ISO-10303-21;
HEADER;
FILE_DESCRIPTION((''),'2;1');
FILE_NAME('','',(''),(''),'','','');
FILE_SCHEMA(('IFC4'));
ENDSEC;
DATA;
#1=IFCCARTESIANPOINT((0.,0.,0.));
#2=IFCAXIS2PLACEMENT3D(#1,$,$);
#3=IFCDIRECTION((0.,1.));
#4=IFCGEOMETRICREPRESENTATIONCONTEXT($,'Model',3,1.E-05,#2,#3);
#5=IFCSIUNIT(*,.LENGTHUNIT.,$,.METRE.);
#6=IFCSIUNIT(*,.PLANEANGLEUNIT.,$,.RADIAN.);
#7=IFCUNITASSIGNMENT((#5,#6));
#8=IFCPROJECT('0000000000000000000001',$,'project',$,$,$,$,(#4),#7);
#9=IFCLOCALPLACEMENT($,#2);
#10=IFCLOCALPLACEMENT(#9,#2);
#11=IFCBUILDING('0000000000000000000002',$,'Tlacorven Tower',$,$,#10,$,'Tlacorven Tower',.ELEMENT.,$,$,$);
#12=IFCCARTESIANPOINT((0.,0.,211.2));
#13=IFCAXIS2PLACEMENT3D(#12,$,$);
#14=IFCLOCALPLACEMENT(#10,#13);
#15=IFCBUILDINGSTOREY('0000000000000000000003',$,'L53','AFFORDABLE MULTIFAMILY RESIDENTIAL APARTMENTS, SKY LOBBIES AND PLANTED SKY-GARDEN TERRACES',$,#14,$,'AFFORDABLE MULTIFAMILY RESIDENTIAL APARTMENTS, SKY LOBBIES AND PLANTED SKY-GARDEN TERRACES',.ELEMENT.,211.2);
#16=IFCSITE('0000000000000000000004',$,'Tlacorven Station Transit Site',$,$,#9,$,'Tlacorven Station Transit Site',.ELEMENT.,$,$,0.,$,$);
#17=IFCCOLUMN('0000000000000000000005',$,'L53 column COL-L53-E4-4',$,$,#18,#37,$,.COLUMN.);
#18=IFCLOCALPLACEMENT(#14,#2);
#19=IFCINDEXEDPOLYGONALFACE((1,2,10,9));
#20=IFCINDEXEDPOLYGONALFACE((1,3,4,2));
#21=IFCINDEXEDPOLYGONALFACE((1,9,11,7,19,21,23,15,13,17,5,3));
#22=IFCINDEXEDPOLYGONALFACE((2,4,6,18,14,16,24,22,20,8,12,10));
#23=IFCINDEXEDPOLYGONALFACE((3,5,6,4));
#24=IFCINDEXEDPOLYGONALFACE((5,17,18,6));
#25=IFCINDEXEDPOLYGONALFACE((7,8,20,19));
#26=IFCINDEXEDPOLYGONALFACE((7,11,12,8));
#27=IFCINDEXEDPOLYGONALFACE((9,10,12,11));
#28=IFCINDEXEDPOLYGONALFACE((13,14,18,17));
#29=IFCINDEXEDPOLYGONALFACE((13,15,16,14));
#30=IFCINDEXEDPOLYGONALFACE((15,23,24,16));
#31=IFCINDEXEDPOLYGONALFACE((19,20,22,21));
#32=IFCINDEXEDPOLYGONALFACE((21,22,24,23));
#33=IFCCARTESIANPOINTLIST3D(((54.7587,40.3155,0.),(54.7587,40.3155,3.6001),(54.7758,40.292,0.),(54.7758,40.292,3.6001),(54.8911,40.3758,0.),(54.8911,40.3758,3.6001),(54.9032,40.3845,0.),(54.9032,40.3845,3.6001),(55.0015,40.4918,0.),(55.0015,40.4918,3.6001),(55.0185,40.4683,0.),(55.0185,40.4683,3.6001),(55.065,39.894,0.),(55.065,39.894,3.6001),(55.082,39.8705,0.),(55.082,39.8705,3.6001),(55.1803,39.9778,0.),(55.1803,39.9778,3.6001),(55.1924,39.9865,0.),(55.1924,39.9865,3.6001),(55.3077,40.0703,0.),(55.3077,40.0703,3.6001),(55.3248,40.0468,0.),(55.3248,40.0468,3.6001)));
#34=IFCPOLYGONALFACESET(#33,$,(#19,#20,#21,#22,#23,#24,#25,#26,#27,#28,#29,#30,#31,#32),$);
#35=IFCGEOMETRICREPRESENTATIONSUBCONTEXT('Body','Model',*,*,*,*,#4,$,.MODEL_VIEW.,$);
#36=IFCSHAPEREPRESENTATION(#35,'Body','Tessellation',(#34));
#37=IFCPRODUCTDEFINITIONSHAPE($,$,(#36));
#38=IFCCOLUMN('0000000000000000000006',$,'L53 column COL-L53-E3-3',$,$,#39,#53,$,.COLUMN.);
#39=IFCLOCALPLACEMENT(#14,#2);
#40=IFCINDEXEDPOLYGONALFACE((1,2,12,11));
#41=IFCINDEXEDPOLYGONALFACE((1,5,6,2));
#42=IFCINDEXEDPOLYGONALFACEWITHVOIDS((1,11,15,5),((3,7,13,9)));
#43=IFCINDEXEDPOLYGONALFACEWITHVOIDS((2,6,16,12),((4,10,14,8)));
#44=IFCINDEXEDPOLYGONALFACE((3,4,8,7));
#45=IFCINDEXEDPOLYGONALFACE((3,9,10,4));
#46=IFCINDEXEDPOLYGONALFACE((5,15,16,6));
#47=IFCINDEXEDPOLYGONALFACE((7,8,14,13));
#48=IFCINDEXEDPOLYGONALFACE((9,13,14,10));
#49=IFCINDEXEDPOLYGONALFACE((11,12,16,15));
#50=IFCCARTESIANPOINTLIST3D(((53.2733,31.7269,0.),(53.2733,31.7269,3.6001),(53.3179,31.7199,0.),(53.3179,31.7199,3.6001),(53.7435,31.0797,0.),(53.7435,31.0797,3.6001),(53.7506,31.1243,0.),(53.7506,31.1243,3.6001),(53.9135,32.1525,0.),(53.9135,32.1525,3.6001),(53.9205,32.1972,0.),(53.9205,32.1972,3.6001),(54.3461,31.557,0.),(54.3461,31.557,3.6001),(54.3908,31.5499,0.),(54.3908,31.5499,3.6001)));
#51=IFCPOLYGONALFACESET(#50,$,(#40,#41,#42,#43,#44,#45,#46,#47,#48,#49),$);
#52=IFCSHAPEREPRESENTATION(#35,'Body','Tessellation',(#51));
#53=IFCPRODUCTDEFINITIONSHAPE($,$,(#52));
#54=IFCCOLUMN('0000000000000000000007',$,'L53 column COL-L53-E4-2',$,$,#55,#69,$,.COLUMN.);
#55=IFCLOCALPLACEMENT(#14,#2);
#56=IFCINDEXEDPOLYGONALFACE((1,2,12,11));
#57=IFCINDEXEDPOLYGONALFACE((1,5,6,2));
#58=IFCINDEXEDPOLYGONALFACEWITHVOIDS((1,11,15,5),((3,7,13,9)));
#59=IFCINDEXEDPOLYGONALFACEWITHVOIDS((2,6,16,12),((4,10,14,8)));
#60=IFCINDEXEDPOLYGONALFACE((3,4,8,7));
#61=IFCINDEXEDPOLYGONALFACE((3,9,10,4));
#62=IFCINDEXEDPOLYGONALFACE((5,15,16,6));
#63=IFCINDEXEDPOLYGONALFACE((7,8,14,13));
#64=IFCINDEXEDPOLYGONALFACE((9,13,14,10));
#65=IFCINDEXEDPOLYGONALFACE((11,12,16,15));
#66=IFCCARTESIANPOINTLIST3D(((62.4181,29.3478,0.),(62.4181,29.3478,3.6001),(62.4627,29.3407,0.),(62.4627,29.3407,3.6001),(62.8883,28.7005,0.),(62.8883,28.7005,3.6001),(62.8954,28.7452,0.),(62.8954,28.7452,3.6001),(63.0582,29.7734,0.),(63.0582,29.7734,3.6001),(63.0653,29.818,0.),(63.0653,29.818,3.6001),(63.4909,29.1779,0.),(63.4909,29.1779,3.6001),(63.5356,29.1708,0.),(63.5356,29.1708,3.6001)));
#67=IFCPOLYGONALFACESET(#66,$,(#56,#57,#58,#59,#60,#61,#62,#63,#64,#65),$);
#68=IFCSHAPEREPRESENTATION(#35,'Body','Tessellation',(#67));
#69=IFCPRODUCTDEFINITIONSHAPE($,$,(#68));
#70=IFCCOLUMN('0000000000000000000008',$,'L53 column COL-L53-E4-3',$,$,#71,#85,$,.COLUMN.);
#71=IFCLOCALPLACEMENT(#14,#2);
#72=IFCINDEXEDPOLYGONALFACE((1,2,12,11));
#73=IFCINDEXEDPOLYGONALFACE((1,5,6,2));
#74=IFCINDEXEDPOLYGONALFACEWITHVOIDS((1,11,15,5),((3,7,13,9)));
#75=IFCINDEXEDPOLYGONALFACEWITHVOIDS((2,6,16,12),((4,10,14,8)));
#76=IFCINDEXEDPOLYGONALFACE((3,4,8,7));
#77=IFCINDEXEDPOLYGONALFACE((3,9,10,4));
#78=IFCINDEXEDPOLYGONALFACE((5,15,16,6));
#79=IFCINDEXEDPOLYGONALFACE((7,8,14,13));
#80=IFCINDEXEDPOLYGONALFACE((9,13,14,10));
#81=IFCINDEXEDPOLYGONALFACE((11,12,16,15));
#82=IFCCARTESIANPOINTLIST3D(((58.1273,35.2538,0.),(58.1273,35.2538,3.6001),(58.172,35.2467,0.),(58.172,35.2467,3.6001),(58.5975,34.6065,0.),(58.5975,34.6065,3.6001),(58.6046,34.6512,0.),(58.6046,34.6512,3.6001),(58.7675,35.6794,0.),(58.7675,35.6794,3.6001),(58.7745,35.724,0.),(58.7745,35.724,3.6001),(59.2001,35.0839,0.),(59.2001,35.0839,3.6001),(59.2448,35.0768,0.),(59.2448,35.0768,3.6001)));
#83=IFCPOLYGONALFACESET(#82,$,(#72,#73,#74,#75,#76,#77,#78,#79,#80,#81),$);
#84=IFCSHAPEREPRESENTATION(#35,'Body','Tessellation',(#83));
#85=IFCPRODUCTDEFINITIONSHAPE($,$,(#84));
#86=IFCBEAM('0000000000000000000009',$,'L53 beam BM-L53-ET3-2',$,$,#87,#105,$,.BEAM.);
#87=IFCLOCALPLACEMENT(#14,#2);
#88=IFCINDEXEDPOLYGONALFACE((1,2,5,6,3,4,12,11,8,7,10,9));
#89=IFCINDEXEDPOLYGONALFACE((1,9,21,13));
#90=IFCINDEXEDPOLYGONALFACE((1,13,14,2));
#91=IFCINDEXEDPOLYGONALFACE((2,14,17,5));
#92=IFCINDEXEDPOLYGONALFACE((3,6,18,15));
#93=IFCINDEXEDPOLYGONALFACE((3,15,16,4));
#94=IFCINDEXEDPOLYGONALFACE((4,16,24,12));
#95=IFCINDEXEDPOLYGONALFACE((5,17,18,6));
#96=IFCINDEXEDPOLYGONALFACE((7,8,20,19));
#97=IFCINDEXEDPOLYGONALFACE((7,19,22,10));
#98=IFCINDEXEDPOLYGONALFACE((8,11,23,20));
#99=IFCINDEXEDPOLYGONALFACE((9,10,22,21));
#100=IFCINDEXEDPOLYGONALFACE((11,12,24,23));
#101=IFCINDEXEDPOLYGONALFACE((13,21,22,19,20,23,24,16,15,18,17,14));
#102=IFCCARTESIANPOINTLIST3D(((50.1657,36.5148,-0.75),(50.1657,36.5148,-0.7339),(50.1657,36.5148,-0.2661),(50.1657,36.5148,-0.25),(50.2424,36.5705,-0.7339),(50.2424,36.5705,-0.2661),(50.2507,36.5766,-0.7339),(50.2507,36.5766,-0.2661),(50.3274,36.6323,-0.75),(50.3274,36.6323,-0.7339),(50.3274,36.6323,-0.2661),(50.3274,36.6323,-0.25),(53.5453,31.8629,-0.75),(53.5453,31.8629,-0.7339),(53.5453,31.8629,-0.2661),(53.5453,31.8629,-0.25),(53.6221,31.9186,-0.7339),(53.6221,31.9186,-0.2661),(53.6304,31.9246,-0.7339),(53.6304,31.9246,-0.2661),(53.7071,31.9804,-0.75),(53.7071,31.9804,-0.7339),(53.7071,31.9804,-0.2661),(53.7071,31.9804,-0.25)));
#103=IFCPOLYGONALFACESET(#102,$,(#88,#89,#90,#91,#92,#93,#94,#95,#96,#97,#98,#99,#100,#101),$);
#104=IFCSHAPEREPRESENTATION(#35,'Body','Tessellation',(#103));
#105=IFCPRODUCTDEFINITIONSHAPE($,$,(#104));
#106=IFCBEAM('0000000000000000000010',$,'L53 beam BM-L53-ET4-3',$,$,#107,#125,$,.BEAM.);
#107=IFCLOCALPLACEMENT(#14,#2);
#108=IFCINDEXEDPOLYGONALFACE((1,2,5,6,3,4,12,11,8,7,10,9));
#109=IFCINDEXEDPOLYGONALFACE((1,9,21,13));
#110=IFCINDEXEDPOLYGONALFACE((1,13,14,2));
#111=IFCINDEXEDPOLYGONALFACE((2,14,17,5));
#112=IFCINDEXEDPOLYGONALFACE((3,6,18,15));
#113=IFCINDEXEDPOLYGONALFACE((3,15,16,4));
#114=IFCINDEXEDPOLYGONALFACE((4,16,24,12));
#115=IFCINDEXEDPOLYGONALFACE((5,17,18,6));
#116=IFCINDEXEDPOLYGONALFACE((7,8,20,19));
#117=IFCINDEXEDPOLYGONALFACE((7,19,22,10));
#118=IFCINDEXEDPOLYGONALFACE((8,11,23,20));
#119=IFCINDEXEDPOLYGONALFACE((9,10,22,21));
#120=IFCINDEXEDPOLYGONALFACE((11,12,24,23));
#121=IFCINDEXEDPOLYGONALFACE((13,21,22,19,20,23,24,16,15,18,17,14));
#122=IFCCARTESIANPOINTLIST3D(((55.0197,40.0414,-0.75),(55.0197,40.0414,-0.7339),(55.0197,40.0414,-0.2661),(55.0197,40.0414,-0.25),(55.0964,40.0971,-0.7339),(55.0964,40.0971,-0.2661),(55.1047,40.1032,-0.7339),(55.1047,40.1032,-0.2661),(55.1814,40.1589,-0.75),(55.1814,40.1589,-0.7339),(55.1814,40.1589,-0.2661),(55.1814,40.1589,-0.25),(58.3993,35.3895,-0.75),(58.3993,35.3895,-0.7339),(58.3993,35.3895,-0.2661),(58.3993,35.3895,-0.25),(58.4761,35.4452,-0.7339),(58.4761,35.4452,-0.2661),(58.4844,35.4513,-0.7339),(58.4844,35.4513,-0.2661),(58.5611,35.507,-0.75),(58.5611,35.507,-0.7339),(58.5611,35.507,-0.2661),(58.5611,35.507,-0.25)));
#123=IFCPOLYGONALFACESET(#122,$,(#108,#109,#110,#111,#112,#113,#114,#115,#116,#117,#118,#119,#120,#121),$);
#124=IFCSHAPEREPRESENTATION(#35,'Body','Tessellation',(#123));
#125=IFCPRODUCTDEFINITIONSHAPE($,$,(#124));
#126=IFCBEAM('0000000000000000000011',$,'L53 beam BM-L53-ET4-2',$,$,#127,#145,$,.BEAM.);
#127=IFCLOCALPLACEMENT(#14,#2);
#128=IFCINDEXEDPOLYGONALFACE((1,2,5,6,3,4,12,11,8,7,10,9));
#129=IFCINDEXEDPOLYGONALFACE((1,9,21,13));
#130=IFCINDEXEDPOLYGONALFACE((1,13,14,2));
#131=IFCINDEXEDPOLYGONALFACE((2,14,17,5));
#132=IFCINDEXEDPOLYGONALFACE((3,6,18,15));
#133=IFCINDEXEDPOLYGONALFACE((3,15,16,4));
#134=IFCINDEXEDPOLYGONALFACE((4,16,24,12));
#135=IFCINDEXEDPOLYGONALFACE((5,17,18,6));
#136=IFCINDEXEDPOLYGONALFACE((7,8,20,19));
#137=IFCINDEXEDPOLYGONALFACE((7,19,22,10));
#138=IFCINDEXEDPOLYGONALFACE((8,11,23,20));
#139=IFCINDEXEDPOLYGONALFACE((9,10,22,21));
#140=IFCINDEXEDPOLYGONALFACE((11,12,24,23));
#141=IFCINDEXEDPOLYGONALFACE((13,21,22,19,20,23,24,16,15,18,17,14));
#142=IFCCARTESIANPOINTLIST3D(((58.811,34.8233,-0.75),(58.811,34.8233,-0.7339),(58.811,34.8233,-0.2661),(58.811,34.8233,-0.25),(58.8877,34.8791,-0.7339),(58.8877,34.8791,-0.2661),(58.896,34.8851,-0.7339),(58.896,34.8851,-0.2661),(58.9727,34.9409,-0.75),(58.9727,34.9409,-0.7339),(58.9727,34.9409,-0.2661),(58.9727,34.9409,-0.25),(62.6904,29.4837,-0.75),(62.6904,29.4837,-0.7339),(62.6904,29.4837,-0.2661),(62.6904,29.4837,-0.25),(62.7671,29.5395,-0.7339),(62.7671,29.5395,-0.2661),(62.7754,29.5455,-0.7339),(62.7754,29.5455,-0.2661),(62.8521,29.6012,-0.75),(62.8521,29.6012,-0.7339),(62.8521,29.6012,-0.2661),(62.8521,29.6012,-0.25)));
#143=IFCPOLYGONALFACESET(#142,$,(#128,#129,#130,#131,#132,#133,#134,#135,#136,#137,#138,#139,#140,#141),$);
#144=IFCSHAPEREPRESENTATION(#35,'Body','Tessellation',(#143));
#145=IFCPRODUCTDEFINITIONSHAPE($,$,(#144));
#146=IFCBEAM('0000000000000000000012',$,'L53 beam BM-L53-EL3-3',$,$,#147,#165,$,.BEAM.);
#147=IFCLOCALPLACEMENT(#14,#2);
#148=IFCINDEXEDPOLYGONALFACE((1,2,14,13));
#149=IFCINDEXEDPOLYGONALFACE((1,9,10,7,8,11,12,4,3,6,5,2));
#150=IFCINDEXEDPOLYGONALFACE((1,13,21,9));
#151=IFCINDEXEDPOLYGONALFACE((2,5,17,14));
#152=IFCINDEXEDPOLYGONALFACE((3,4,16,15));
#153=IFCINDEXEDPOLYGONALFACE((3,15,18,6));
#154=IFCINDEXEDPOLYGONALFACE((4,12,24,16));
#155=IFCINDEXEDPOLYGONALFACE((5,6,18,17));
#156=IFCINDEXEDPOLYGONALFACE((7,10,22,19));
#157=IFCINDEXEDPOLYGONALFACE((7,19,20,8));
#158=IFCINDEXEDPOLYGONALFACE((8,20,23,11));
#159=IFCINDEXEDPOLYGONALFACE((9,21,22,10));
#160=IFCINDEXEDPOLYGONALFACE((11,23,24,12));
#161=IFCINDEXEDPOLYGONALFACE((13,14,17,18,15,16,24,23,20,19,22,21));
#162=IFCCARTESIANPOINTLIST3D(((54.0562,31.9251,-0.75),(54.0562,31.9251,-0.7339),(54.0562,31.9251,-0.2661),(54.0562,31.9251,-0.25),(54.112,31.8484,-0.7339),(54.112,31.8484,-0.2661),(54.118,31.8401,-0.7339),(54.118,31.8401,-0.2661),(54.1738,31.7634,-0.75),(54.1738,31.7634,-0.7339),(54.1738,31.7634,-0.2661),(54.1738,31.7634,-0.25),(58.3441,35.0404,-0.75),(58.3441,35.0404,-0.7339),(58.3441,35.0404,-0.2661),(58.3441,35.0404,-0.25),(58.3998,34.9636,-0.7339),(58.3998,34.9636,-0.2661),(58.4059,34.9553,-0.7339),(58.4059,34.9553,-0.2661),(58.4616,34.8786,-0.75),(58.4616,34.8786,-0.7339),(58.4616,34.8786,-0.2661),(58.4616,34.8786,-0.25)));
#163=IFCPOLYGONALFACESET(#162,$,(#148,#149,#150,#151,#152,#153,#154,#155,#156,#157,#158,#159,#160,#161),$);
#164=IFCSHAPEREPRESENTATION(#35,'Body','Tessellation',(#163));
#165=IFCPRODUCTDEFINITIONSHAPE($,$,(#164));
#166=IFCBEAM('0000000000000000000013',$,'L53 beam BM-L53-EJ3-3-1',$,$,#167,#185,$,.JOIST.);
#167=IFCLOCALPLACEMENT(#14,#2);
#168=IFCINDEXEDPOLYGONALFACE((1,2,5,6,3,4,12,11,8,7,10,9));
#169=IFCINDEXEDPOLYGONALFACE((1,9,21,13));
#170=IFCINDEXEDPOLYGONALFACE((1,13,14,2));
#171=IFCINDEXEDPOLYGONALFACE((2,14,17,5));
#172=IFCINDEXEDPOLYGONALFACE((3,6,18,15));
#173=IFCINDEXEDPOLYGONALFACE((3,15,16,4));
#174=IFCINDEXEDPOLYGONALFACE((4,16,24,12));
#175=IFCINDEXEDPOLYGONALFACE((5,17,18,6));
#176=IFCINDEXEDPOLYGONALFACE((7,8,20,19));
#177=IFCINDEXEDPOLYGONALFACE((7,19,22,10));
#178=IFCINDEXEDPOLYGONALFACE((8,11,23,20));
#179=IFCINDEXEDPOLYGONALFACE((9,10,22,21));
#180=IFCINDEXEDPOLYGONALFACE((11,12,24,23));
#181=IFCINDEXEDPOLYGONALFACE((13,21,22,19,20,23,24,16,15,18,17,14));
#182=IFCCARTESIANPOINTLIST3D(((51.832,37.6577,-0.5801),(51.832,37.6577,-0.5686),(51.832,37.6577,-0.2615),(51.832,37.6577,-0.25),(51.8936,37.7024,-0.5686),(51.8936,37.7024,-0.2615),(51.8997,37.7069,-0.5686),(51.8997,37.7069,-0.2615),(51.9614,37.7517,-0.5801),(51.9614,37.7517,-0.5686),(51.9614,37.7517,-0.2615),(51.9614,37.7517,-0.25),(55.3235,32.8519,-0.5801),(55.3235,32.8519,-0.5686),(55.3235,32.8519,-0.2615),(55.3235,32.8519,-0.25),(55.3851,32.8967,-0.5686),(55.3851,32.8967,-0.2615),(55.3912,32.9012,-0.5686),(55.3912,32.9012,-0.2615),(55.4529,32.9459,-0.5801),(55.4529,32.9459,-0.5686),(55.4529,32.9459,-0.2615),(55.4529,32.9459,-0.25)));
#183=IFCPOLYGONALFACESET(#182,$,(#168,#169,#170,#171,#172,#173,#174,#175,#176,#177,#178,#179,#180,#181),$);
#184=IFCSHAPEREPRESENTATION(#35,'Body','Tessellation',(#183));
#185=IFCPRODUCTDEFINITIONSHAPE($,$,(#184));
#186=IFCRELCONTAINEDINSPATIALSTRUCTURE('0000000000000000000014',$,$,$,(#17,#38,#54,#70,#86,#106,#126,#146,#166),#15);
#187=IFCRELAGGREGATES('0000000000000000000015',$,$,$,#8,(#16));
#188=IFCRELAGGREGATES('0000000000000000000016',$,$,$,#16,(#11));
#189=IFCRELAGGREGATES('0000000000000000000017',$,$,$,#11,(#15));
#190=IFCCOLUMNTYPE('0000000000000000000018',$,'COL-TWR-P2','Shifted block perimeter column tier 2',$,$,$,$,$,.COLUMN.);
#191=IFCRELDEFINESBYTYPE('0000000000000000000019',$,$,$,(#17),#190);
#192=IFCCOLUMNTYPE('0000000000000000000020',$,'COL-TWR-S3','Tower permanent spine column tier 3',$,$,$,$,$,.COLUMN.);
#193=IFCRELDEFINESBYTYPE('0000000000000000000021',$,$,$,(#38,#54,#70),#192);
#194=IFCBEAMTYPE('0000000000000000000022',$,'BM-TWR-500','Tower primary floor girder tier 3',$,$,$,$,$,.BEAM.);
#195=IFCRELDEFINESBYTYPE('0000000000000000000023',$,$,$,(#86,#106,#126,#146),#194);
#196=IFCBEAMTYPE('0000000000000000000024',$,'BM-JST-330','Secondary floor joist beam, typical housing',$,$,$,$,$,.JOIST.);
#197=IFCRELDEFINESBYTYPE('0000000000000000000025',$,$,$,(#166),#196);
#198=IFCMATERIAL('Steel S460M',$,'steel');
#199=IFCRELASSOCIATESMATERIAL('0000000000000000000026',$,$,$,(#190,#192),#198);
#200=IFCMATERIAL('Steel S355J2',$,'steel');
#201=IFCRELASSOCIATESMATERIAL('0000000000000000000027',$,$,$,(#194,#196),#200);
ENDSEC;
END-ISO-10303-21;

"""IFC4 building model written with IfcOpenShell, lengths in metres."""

from ifc_helpers import new_model, si_unit, direction, frame, origin, origin_2d, place, context, subcontext, project, spatial, hollow_rectangle, i_section, extrude, source, transform, mapped, material, material_profile, profile_set, type_object, element, save


model = new_model("IFC4")

# Units and contexts
model_context = context("Model", 3, precision=1e-05, world=origin(), true_north=direction((0.0, 1.0)))
body_context = subcontext(model_context, "Body", "Model", "MODEL_VIEW")
ifc_project = project(units=[si_unit("LENGTHUNIT", "METRE"), si_unit("PLANEANGLEUNIT", "RADIAN")], contexts=[model_context])

# Site, building, storey
site_placement = place(None, origin())
site = spatial("IfcSite", under=ifc_project, at=site_placement, Name="Tlacorven Station Transit Site", LongName="Tlacorven Station Transit Site", CompositionType="ELEMENT", RefElevation=0.0)
building_placement = place(site_placement, origin())
building = spatial("IfcBuilding", under=site, at=building_placement, Name="Tlacorven Tower", LongName="Tlacorven Tower", CompositionType="ELEMENT")
storey_placement = place(building_placement, frame((0.0, 0.0, 211.2)))
storey = spatial("IfcBuildingStorey", under=building, at=storey_placement, Name="L53", Description="AFFORDABLE MULTIFAMILY RESIDENTIAL APARTMENTS, SKY LOBBIES AND PLANTED SKY-GARDEN TERRACES", LongName="AFFORDABLE MULTIFAMILY RESIDENTIAL APARTMENTS, SKY LOBBIES AND PLANTED SKY-GARDEN TERRACES", CompositionType="ELEMENT", Elevation=211.2)

# Columns
ifc_material_1 = material(Name="Steel S460M", Category="steel")
ifc_material_profile_1 = material_profile(ifc_material_1, i_section(OverallWidth=0.3, OverallDepth=0.55, WebThickness=0.0149, FlangeThickness=0.0291, at=origin_2d()), Name="HEB 550")
ifc_profile_set_1 = profile_set([ifc_material_profile_1], Name="Steel S460M")
column_type_1 = type_object("IfcColumnType", Name="COL-TWR-P2", Description="Shifted block perimeter column tier 2", PredefinedType="COLUMN", material=ifc_profile_set_1)
shared_shape_1 = source(origin(), body_context, "Body", "SweptSolid", [
    extrude(i_section(OverallWidth=0.3, OverallDepth=0.55, WebThickness=0.0149, FlangeThickness=0.0291, at=origin_2d()), origin(), (0.0, 0.0, 1.0), 3.6001),
])
column_placement = place(storey_placement, frame((55.0417, 40.1812, 0.0), z_axis=(0.0, 0.0, 1.0), x_axis=(0.809017, 0.587785, 0.0)))
element("IfcColumn", 1, at=column_placement, inside=storey, type_object=column_type_1, Name="L53 column COL-L53-E4-4", PredefinedType="COLUMN", context=body_context, shape_type="MappedRepresentation", body=[
    mapped(shared_shape_1, transform((0.0, 0.0, 0.0), scale=1.0)),
])
ifc_material_profile_2 = material_profile(ifc_material_1, hollow_rectangle(XDim=0.8, YDim=0.8, WallThickness=0.032, at=origin_2d()), Name="BOX 800X800X32")
ifc_profile_set_2 = profile_set([ifc_material_profile_2], Name="Steel S460M")
column_type_2 = type_object("IfcColumnType", Name="COL-TWR-S3", Description="Tower permanent spine column tier 3", PredefinedType="COLUMN", material=ifc_profile_set_2)
shared_shape_2 = source(origin(), body_context, "Body", "SweptSolid", [
    extrude(hollow_rectangle(XDim=0.8, YDim=0.8, WallThickness=0.032, at=origin_2d()), origin(), (0.0, 0.0, 1.0), 3.6001),
])
for number, where, z_axis, x_axis, name in (
    (2, (53.832, 31.6384, 0.0), (0.0, 0.0, 1.0), (0.809017, 0.587785, 0.0), "L53 column COL-L53-E3-3"),
    (3, (62.9768, 29.2593, 0.0), (0.0, 0.0, 1.0), (0.809017, 0.587785, 0.0), "L53 column COL-L53-E4-2"),
    (4, (58.686, 35.1653, 0.0), (0.0, 0.0, 1.0), (0.809017, 0.587785, 0.0), "L53 column COL-L53-E4-3"),
):
    element("IfcColumn", number, at=place(storey_placement, frame(where, z_axis=z_axis, x_axis=x_axis)), inside=storey, type_object=column_type_2, Name=name, PredefinedType="COLUMN", context=body_context, shape_type="MappedRepresentation", body=[
        mapped(shared_shape_2, transform((0.0, 0.0, 0.0), scale=1.0)),
    ])

# Beams
ifc_material_2 = material(Name="Steel S355J2", Category="steel")
ifc_material_profile_3 = material_profile(ifc_material_2, i_section(OverallWidth=0.2, OverallDepth=0.5, WebThickness=0.0103, FlangeThickness=0.0161, at=origin_2d()), Name="IPE 500")
ifc_profile_set_3 = profile_set([ifc_material_profile_3], Name="Steel S355J2")
beam_type_1 = type_object("IfcBeamType", Name="BM-TWR-500", Description="Tower primary floor girder tier 3", PredefinedType="BEAM", material=ifc_profile_set_3)
shared_shape_3 = source(origin(), body_context, "Body", "SweptSolid", [
    extrude(i_section(OverallWidth=0.2, OverallDepth=0.5, WebThickness=0.0103, FlangeThickness=0.0161, at=origin_2d()), origin(), (0.0, 0.0, 1.0), 5.75),
])
for number, where, z_axis, x_axis, name in (
    (5, (53.6262, 31.9216, -0.5), (-0.58777, 0.809028, 0.0), (-0.809028, -0.58777, 0.0), "L53 beam BM-L53-ET3-2"),
    (6, (58.4802, 35.4482, -0.5), (-0.58777, 0.809028, 0.0), (-0.809028, -0.58777, 0.0), "L53 beam BM-L53-ET4-3"),
):
    element("IfcBeam", number, at=place(storey_placement, frame(where, z_axis=z_axis, x_axis=x_axis)), inside=storey, type_object=beam_type_1, Name=name, PredefinedType="BEAM", context=body_context, shape_type="MappedRepresentation", body=[
        mapped(shared_shape_3, transform((0.0, 0.0, 0.0), scale=1.0)),
    ])
shared_shape_4 = source(origin(), body_context, "Body", "SweptSolid", [
    extrude(i_section(OverallWidth=0.2, OverallDepth=0.5, WebThickness=0.0103, FlangeThickness=0.0161, at=origin_2d()), origin(), (0.0, 0.0, 1.0), 6.6001),
])
beam_1_placement = place(storey_placement, frame((62.7712, 29.5425, -0.5), z_axis=(-0.58778, 0.809021, 0.0), x_axis=(-0.809021, -0.58778, 0.0)))
element("IfcBeam", 7, at=beam_1_placement, inside=storey, type_object=beam_type_1, Name="L53 beam BM-L53-ET4-2", PredefinedType="BEAM", context=body_context, shape_type="MappedRepresentation", body=[
    mapped(shared_shape_4, transform((0.0, 0.0, 0.0), scale=1.0)),
])
shared_shape_5 = source(origin(), body_context, "Body", "SweptSolid", [
    extrude(i_section(OverallWidth=0.2, OverallDepth=0.5, WebThickness=0.0103, FlangeThickness=0.0161, at=origin_2d()), origin(), (0.0, 0.0, 1.0), 5.3),
])
beam_2_placement = place(storey_placement, frame((54.115, 31.8442, -0.5), z_axis=(0.809023, 0.587777, 0.0), x_axis=(-0.587777, 0.809023, 0.0)))
element("IfcBeam", 8, at=beam_2_placement, inside=storey, type_object=beam_type_1, Name="L53 beam BM-L53-EL3-3", PredefinedType="BEAM", context=body_context, shape_type="MappedRepresentation", body=[
    mapped(shared_shape_5, transform((0.0, 0.0, 0.0), scale=1.0)),
])
ifc_material_profile_4 = material_profile(ifc_material_2, i_section(OverallWidth=0.1599, OverallDepth=0.3301, WebThickness=0.0076, FlangeThickness=0.0115, at=origin_2d()), Name="IPE 330")
ifc_profile_set_4 = profile_set([ifc_material_profile_4], Name="Steel S355J2")
beam_type_2 = type_object("IfcBeamType", Name="BM-JST-330", Description="Secondary floor joist beam, typical housing", PredefinedType="JOIST", material=ifc_profile_set_4)
shared_shape_6 = source(origin(), body_context, "Body", "SweptSolid", [
    extrude(i_section(OverallWidth=0.1599, OverallDepth=0.3301, WebThickness=0.0076, FlangeThickness=0.0115, at=origin_2d()), origin(), (0.0, 0.0, 1.0), 5.9402),
])
for number, where, z_axis, x_axis, name in (
    (9, (55.3882, 32.8989, -0.415), (-0.587778, 0.809022, 0.0), (-0.809022, -0.587778, 0.0), "L53 beam BM-L53-EJ3-3-1"),
):
    element("IfcBeam", number, at=place(storey_placement, frame(where, z_axis=z_axis, x_axis=x_axis)), inside=storey, type_object=beam_type_2, Name=name, PredefinedType="JOIST", context=body_context, shape_type="MappedRepresentation", body=[
        mapped(shared_shape_6, transform((0.0, 0.0, 0.0), scale=1.0)),
    ])

save(model, "model.ifc")
